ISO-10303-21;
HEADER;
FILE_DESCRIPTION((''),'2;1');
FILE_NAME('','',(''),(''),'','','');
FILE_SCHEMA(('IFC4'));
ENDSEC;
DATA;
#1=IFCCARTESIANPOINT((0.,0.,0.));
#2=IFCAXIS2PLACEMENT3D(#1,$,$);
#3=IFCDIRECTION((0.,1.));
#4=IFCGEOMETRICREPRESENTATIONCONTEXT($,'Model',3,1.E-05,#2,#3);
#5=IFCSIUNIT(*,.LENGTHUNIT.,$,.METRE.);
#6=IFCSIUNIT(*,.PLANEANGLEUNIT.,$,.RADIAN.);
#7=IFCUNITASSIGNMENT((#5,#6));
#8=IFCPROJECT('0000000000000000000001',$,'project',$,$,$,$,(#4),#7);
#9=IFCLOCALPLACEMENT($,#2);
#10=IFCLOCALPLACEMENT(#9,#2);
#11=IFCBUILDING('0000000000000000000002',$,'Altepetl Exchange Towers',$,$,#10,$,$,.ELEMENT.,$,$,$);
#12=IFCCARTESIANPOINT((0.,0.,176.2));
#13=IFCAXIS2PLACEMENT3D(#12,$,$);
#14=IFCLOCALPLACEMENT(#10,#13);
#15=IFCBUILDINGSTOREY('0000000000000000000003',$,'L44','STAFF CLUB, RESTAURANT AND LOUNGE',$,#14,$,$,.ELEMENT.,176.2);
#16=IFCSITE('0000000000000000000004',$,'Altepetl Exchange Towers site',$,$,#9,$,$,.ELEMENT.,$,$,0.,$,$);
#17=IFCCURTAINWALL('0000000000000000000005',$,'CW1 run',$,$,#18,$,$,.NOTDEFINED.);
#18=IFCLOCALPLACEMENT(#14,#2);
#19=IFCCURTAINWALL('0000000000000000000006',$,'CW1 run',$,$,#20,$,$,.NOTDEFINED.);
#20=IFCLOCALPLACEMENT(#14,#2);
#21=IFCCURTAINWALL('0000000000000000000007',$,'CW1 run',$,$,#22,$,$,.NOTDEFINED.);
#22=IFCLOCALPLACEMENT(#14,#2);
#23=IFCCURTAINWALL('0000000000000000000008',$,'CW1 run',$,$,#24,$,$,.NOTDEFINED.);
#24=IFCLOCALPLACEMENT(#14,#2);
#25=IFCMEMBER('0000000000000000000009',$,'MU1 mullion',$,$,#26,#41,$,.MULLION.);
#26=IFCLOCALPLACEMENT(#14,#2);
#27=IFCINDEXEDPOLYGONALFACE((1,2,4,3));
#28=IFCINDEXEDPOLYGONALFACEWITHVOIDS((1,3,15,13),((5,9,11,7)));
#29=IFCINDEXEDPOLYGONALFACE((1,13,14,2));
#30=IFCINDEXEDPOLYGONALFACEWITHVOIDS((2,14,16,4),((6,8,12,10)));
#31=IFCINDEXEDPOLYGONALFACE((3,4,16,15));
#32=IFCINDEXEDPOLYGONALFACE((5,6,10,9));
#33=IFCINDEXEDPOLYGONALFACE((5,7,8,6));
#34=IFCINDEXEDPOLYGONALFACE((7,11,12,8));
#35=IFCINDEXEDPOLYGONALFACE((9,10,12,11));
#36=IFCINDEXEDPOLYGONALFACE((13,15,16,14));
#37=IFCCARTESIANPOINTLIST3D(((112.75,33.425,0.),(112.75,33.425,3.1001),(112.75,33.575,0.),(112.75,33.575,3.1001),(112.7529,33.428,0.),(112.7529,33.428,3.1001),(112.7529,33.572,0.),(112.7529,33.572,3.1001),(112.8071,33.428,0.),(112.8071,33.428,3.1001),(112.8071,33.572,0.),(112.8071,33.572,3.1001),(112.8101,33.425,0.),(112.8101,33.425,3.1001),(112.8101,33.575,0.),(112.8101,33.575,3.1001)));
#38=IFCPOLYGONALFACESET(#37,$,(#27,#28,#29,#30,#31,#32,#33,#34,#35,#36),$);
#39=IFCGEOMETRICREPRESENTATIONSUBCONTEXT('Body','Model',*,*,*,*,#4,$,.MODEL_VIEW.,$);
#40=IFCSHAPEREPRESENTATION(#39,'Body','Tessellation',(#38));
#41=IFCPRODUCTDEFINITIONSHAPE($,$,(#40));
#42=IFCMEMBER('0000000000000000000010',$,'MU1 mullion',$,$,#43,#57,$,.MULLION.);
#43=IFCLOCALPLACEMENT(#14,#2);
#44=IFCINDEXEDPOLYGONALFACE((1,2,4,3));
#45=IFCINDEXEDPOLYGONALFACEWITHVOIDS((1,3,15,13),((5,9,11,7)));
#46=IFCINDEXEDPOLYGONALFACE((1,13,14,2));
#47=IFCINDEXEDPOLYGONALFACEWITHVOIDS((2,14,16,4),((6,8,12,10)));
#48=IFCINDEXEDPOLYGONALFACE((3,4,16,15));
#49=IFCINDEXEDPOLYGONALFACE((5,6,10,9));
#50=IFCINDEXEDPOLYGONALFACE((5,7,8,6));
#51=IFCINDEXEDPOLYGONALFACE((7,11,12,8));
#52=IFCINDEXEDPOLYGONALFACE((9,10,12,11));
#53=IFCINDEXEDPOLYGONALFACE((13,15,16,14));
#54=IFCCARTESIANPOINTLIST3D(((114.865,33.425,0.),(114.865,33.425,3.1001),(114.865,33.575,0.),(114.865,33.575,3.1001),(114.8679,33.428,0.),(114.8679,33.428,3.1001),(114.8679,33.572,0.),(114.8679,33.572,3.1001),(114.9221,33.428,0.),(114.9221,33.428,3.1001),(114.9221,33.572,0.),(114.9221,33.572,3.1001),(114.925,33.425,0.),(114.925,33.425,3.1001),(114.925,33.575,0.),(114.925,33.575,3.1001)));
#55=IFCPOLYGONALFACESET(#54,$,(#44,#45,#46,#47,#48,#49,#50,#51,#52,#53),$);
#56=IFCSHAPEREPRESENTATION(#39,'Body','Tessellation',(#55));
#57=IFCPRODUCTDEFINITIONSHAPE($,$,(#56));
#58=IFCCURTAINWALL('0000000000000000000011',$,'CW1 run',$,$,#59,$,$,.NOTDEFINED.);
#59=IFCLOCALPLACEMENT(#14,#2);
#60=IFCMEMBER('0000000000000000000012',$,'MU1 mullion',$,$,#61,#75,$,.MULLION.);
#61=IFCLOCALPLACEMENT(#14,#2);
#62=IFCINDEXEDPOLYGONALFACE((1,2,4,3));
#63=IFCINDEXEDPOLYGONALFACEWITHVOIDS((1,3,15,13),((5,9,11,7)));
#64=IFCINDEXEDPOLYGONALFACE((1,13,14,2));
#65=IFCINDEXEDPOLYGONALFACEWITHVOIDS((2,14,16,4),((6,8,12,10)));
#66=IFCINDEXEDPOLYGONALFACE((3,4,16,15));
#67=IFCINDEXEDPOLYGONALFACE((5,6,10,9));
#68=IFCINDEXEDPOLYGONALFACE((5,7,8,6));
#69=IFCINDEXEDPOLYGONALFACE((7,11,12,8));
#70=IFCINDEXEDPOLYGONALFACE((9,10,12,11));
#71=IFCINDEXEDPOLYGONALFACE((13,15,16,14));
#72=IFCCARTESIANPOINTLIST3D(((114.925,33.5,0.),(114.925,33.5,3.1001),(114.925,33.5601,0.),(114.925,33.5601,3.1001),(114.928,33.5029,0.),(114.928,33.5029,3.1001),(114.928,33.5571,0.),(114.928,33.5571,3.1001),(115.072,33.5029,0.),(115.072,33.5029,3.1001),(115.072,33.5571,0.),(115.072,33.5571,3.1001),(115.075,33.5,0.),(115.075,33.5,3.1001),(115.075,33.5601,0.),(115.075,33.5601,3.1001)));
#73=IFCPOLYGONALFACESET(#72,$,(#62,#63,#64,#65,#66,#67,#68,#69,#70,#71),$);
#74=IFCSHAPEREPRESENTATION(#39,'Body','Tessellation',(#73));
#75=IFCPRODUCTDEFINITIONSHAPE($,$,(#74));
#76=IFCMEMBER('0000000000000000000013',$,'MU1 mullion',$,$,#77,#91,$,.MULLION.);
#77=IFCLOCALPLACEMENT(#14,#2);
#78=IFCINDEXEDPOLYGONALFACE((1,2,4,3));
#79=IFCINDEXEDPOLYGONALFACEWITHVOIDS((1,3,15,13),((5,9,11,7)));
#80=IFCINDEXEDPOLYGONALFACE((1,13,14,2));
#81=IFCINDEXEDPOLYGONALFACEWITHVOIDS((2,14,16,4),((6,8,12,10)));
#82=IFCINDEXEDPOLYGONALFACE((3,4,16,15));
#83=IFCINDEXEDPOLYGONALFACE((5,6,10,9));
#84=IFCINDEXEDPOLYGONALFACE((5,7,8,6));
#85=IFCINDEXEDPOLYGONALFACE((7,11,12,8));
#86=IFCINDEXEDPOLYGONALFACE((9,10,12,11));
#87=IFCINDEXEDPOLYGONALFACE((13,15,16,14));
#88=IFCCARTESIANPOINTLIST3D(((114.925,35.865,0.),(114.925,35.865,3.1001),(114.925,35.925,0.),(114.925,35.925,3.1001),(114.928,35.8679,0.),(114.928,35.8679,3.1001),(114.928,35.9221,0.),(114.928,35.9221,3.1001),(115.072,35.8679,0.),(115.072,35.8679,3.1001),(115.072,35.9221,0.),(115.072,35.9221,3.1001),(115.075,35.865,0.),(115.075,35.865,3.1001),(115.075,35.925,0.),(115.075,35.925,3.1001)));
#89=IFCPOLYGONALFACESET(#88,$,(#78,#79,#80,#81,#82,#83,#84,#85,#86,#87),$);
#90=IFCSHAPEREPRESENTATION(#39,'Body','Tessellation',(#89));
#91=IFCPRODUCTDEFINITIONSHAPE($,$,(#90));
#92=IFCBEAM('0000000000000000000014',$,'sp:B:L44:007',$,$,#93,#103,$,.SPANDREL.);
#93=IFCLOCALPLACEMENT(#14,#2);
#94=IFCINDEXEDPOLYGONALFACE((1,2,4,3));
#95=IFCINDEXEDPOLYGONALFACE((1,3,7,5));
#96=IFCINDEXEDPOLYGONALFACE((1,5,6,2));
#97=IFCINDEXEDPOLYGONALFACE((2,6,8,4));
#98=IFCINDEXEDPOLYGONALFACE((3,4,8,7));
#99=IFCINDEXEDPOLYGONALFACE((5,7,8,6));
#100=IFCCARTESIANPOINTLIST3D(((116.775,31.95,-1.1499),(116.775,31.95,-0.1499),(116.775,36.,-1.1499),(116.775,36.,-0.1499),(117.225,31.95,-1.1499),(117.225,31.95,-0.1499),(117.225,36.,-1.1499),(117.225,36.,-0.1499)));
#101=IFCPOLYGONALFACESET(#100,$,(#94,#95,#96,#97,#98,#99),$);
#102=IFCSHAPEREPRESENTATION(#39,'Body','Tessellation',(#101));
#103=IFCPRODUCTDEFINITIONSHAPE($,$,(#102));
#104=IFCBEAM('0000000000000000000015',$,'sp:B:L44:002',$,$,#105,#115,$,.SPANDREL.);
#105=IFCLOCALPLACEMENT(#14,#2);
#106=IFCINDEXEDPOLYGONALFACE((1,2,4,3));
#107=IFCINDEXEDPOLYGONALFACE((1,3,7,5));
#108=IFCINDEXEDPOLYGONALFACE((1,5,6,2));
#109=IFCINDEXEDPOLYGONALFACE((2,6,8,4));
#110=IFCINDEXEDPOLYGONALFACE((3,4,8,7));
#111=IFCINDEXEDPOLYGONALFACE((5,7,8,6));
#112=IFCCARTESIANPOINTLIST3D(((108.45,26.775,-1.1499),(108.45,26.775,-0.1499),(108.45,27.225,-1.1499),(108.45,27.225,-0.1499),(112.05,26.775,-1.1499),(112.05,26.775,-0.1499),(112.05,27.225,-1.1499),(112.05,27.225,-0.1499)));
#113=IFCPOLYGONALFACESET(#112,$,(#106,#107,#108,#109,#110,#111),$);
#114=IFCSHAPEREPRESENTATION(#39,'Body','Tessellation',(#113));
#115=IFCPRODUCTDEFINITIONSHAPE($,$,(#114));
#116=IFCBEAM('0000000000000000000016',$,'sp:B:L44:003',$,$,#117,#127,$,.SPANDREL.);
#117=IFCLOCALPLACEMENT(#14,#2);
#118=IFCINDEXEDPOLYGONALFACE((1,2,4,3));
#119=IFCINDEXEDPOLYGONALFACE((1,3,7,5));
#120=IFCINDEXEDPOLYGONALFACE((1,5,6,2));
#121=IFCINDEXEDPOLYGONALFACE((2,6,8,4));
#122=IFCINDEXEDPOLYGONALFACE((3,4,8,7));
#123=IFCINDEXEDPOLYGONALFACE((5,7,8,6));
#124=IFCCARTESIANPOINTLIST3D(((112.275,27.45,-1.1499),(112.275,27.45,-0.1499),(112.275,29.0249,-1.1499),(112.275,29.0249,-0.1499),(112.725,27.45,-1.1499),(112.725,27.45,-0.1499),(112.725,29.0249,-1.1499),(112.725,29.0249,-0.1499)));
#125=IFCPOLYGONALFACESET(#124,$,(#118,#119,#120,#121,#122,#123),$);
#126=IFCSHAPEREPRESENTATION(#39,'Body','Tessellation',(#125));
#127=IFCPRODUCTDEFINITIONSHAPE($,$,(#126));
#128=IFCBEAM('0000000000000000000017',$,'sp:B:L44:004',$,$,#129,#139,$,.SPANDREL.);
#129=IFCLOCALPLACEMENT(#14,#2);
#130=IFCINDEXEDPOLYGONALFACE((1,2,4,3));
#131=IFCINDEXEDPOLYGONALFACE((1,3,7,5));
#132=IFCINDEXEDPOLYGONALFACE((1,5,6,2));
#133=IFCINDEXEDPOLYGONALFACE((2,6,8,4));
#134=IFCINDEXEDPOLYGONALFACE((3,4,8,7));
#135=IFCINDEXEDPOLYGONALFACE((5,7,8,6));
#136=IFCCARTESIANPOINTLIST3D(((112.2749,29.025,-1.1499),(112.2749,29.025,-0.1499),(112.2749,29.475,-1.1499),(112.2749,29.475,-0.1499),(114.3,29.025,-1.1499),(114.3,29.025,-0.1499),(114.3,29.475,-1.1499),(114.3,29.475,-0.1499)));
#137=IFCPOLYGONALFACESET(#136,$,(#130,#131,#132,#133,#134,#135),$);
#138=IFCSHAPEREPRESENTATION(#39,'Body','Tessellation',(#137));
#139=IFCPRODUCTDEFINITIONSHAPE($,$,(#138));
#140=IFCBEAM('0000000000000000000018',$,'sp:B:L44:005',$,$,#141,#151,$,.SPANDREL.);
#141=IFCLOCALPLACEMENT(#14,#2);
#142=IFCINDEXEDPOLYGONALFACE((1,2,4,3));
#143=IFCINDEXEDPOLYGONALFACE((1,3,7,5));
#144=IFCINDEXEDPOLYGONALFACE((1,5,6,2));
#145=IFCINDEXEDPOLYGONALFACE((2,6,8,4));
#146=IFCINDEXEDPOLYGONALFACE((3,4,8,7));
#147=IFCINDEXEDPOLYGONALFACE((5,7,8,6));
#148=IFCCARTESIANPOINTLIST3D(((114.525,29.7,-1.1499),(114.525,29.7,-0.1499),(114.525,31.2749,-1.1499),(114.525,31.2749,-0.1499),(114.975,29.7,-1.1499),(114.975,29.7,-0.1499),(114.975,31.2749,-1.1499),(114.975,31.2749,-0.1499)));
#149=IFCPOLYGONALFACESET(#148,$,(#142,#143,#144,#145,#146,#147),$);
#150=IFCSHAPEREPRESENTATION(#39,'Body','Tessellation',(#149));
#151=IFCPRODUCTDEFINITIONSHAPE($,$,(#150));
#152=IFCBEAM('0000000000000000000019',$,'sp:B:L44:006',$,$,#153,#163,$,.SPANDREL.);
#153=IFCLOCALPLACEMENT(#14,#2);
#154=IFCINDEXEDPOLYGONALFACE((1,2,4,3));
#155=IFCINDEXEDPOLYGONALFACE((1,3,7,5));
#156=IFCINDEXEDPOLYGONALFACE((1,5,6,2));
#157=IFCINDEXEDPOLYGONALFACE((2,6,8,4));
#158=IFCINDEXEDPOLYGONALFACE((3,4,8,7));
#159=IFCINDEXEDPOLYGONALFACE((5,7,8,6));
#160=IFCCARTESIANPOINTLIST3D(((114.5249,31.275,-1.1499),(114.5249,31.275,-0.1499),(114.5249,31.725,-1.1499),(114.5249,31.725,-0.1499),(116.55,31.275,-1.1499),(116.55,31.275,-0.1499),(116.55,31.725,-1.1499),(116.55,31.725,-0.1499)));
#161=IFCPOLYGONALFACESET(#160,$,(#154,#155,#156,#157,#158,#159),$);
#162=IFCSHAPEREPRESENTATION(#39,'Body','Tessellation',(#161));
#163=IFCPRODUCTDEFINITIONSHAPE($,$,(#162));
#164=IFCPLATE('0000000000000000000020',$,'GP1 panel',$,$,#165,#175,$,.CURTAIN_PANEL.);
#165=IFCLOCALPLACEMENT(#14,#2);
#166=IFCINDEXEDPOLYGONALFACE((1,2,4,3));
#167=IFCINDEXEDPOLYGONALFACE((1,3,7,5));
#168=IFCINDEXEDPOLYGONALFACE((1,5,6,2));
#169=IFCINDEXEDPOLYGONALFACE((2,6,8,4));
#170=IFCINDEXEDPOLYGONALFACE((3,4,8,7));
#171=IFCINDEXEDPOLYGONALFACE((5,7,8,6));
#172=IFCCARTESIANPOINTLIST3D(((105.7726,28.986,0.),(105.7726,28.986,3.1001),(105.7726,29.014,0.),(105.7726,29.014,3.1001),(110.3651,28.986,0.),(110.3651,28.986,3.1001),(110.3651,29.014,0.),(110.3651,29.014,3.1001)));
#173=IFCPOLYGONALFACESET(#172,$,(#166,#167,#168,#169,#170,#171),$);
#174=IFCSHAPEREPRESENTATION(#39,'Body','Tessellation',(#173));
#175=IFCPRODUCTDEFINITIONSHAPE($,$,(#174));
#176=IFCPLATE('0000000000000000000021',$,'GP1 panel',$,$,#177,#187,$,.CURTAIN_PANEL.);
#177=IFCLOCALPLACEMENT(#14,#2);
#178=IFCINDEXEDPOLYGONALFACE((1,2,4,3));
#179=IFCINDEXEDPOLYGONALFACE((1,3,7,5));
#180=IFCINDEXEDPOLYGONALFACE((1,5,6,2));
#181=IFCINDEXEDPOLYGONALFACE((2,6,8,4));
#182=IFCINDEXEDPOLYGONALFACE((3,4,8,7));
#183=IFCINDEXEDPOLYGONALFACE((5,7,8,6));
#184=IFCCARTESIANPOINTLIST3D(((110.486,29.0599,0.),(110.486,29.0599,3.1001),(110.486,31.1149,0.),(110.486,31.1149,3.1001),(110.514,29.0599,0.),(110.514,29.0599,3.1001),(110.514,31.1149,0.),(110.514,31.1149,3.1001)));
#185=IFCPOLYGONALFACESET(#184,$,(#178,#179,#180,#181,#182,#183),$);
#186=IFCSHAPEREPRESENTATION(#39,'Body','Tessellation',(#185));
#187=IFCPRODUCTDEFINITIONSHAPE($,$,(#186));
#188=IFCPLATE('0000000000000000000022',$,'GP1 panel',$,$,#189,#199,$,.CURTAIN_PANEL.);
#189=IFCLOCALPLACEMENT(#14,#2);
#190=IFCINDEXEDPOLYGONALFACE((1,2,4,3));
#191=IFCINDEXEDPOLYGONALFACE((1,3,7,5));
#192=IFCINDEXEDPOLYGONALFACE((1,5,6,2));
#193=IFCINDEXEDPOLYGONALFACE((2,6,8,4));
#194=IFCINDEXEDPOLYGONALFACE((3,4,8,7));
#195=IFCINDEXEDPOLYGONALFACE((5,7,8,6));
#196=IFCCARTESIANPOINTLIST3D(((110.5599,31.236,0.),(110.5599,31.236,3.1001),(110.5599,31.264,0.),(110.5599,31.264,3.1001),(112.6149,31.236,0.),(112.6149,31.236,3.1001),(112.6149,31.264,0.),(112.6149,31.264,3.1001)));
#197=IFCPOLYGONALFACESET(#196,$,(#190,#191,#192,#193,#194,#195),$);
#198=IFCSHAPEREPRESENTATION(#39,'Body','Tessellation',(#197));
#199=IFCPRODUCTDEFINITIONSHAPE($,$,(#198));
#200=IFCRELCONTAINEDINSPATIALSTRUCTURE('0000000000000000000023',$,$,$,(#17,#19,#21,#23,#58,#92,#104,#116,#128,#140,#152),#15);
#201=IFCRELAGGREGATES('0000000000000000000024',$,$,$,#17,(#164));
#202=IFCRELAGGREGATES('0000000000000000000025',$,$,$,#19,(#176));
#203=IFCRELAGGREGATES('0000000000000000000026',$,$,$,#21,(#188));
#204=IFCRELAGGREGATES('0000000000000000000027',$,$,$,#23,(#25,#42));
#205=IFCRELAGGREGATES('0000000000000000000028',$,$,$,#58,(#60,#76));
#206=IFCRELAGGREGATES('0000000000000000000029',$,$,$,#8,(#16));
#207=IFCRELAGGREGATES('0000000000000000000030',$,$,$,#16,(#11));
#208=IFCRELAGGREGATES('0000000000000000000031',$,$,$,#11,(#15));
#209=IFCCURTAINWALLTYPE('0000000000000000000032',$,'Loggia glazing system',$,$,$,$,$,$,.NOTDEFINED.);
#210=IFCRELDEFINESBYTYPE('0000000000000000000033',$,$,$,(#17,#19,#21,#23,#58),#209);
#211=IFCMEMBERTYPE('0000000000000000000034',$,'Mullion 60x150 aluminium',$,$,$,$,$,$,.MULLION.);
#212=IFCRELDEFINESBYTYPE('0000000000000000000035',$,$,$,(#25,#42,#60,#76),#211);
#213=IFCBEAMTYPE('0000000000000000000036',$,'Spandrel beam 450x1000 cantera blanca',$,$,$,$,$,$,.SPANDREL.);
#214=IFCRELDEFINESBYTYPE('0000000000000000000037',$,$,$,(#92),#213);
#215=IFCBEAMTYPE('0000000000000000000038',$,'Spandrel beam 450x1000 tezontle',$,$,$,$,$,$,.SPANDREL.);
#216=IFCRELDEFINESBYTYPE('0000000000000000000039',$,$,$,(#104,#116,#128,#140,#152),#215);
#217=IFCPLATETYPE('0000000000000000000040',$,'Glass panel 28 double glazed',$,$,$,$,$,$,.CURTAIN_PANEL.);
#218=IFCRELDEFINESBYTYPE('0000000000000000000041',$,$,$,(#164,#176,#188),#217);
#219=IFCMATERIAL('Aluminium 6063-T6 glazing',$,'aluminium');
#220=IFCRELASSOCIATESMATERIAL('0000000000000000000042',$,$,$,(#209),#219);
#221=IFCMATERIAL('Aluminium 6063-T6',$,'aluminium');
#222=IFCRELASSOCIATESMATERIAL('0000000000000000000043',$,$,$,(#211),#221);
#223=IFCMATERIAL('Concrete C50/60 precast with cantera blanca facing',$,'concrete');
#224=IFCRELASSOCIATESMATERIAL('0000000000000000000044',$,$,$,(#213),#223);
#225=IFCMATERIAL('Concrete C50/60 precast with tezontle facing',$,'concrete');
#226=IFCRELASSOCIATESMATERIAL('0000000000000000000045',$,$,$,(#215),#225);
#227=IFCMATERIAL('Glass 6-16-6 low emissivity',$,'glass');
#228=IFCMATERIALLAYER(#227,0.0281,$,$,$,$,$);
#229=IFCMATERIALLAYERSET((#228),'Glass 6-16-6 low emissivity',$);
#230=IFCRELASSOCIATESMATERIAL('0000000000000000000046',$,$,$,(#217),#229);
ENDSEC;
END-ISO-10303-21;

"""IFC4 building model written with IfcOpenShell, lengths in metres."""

from ifc_helpers import new_model, si_unit, direction, frame, origin, origin_2d, place, context, subcontext, project, spatial, rectangle, hollow_rectangle, extrude, material, layer, layer_set, material_profile, profile_set, type_object, element, aggregate, save


model = new_model("IFC4")

# Units and contexts
model_context = context("Model", 3, precision=1e-05, world=origin(), true_north=direction((0.0, 1.0)))
body_context = subcontext(model_context, "Body", "Model", "MODEL_VIEW")
ifc_project = project(units=[si_unit("LENGTHUNIT", "METRE"), si_unit("PLANEANGLEUNIT", "RADIAN")], contexts=[model_context])

# Site, building, storey
site_placement = place(None, origin())
site = spatial("IfcSite", under=ifc_project, at=site_placement, Name="Altepetl Exchange Towers site", CompositionType="ELEMENT", RefElevation=0.0)
building_placement = place(site_placement, origin())
building = spatial("IfcBuilding", under=site, at=building_placement, Name="Altepetl Exchange Towers", CompositionType="ELEMENT")
storey_placement = place(building_placement, frame((0.0, 0.0, 176.2)))
storey = spatial("IfcBuildingStorey", under=building, at=storey_placement, Name="L44", Description="STAFF CLUB, RESTAURANT AND LOUNGE", CompositionType="ELEMENT", Elevation=176.2)

# Curtain wall
ifc_material_1 = material(Name="Aluminium 6063-T6 glazing", Category="aluminium")
curtain_wall_type = type_object("IfcCurtainWallType", Name="Loggia glazing system", PredefinedType="NOTDEFINED", material=ifc_material_1)
curtain_wall_1_placement = place(storey_placement, origin())
curtain_wall_1 = element("IfcCurtainWall", 1, at=curtain_wall_1_placement, inside=storey, type_object=curtain_wall_type, Name="CW1 run", PredefinedType="NOTDEFINED")
ifc_material_2 = material(Name="Aluminium 6063-T6", Category="aluminium")
ifc_material_profile_1 = material_profile(ifc_material_2, hollow_rectangle(XDim=0.0601, YDim=0.1499, WallThickness=0.0029, at=origin_2d()), Name="Mullion 60x150 aluminium")
ifc_profile_set_1 = profile_set([ifc_material_profile_1], Name="Aluminium 6063-T6")
member_type = type_object("IfcMemberType", Name="Mullion 60x150 aluminium", PredefinedType="MULLION", material=ifc_profile_set_1)

# Curtain walls, members
curtain_wall_2_placement = place(storey_placement, origin())
curtain_wall_2 = element("IfcCurtainWall", 2, at=curtain_wall_2_placement, inside=storey, type_object=curtain_wall_type, Name="CW1 run", PredefinedType="NOTDEFINED")
curtain_wall_3_placement = place(storey_placement, origin())
curtain_wall_3 = element("IfcCurtainWall", 3, at=curtain_wall_3_placement, inside=storey, type_object=curtain_wall_type, Name="CW1 run", PredefinedType="NOTDEFINED")
curtain_wall_4_placement = place(storey_placement, origin())
curtain_wall_4 = element("IfcCurtainWall", 4, at=curtain_wall_4_placement, inside=storey, type_object=curtain_wall_type, Name="CW1 run", PredefinedType="NOTDEFINED")
member_1_placement = place(storey_placement, frame((112.78, 33.5, 0.0)))
member_1 = element("IfcMember", 5, at=member_1_placement, type_object=member_type, Name="MU1 mullion", PredefinedType="MULLION", context=body_context, shape_type="SweptSolid", body=[
    extrude(hollow_rectangle(XDim=0.0601, YDim=0.1499, WallThickness=0.0029, at=origin_2d()), origin(), (0.0, 0.0, 1.0), 3.1001),
])
member_2_placement = place(storey_placement, frame((114.895, 33.5, 0.0)))
member_2 = element("IfcMember", 6, at=member_2_placement, type_object=member_type, Name="MU1 mullion", PredefinedType="MULLION", context=body_context, shape_type="SweptSolid", body=[
    extrude(hollow_rectangle(XDim=0.0601, YDim=0.1499, WallThickness=0.0029, at=origin_2d()), origin(), (0.0, 0.0, 1.0), 3.1001),
])
curtain_wall_5_placement = place(storey_placement, origin())
curtain_wall_5 = element("IfcCurtainWall", 7, at=curtain_wall_5_placement, inside=storey, type_object=curtain_wall_type, Name="CW1 run", PredefinedType="NOTDEFINED")
member_3_placement = place(storey_placement, frame((115.0, 33.53, 0.0), z_axis=(0.0, 0.0, 1.0), x_axis=(0.0, 1.0, 0.0)))
member_3 = element("IfcMember", 8, at=member_3_placement, type_object=member_type, Name="MU1 mullion", PredefinedType="MULLION", context=body_context, shape_type="SweptSolid", body=[
    extrude(hollow_rectangle(XDim=0.0601, YDim=0.1499, WallThickness=0.0029, at=origin_2d()), origin(), (0.0, 0.0, 1.0), 3.1001),
])
member_4_placement = place(storey_placement, frame((115.0, 35.895, 0.0), z_axis=(0.0, 0.0, 1.0), x_axis=(0.0, 1.0, 0.0)))
member_4 = element("IfcMember", 9, at=member_4_placement, type_object=member_type, Name="MU1 mullion", PredefinedType="MULLION", context=body_context, shape_type="SweptSolid", body=[
    extrude(hollow_rectangle(XDim=0.0601, YDim=0.1499, WallThickness=0.0029, at=origin_2d()), origin(), (0.0, 0.0, 1.0), 3.1001),
])

# Beams
ifc_material_3 = material(Name="Concrete C50/60 precast with cantera blanca facing", Category="concrete")
ifc_material_profile_2 = material_profile(ifc_material_3, rectangle(XDim=0.45, YDim=1.0, at=origin_2d()), Name="450 x 1000")
ifc_profile_set_2 = profile_set([ifc_material_profile_2], Name="Concrete C50/60 precast with cantera blanca facing")
beam_type_1 = type_object("IfcBeamType", Name="Spandrel beam 450x1000 cantera blanca", PredefinedType="SPANDREL", material=ifc_profile_set_2)
beam_1_placement = place(storey_placement, frame((117.0, 31.95, -0.6499), z_axis=(0.0, 1.0, 0.0), x_axis=(-1.0, 0.0, 0.0)))
element("IfcBeam", 10, at=beam_1_placement, inside=storey, type_object=beam_type_1, Name="sp:B:L44:007", PredefinedType="SPANDREL", context=body_context, shape_type="SweptSolid", body=[
    extrude(rectangle(XDim=0.45, YDim=1.0, at=origin_2d()), origin(), (0.0, 0.0, 1.0), 4.05),
])
ifc_material_4 = material(Name="Concrete C50/60 precast with tezontle facing", Category="concrete")
ifc_material_profile_3 = material_profile(ifc_material_4, rectangle(XDim=0.45, YDim=1.0, at=origin_2d()), Name="450 x 1000")
ifc_profile_set_3 = profile_set([ifc_material_profile_3], Name="Concrete C50/60 precast with tezontle facing")
beam_type_2 = type_object("IfcBeamType", Name="Spandrel beam 450x1000 tezontle", PredefinedType="SPANDREL", material=ifc_profile_set_3)
beam_2_placement = place(storey_placement, frame((108.45, 27.0, -0.6499), z_axis=(1.0, 0.0, 0.0), x_axis=(0.0, 1.0, 0.0)))
element("IfcBeam", 11, at=beam_2_placement, inside=storey, type_object=beam_type_2, Name="sp:B:L44:002", PredefinedType="SPANDREL", context=body_context, shape_type="SweptSolid", body=[
    extrude(rectangle(XDim=0.45, YDim=1.0, at=origin_2d()), origin(), (0.0, 0.0, 1.0), 3.6001),
])
beam_3_placement = place(storey_placement, frame((112.5, 27.45, -0.6499), z_axis=(0.0, 1.0, 0.0), x_axis=(-1.0, 0.0, 0.0)))
element("IfcBeam", 12, at=beam_3_placement, inside=storey, type_object=beam_type_2, Name="sp:B:L44:003", PredefinedType="SPANDREL", context=body_context, shape_type="SweptSolid", body=[
    extrude(rectangle(XDim=0.45, YDim=1.0, at=origin_2d()), origin(), (0.0, 0.0, 1.0), 1.575),
])
beam_4_placement = place(storey_placement, frame((112.2749, 29.25, -0.6499), z_axis=(1.0, 0.0, 0.0), x_axis=(0.0, 1.0, 0.0)))
element("IfcBeam", 13, at=beam_4_placement, inside=storey, type_object=beam_type_2, Name="sp:B:L44:004", PredefinedType="SPANDREL", context=body_context, shape_type="SweptSolid", body=[
    extrude(rectangle(XDim=0.45, YDim=1.0, at=origin_2d()), origin(), (0.0, 0.0, 1.0), 2.0251),
])
beam_5_placement = place(storey_placement, frame((114.75, 29.7, -0.6499), z_axis=(0.0, 1.0, 0.0), x_axis=(-1.0, 0.0, 0.0)))
element("IfcBeam", 14, at=beam_5_placement, inside=storey, type_object=beam_type_2, Name="sp:B:L44:005", PredefinedType="SPANDREL", context=body_context, shape_type="SweptSolid", body=[
    extrude(rectangle(XDim=0.45, YDim=1.0, at=origin_2d()), origin(), (0.0, 0.0, 1.0), 1.575),
])
beam_6_placement = place(storey_placement, frame((114.5249, 31.5, -0.6499), z_axis=(1.0, 0.0, 0.0), x_axis=(0.0, 1.0, 0.0)))
element("IfcBeam", 15, at=beam_6_placement, inside=storey, type_object=beam_type_2, Name="sp:B:L44:006", PredefinedType="SPANDREL", context=body_context, shape_type="SweptSolid", body=[
    extrude(rectangle(XDim=0.45, YDim=1.0, at=origin_2d()), origin(), (0.0, 0.0, 1.0), 2.0251),
])

# Plates
ifc_material_5 = material(Name="Glass 6-16-6 low emissivity", Category="glass")
ifc_layer_1 = layer(ifc_material_5, 0.0281)
ifc_layer_set_1 = layer_set([ifc_layer_1], Name="Glass 6-16-6 low emissivity")
plate_type = type_object("IfcPlateType", Name="Glass panel 28 double glazed", PredefinedType="CURTAIN_PANEL", material=ifc_layer_set_1)
plate_1_placement = place(storey_placement, frame((108.0688, 29.0, 0.0)))
plate_1 = element("IfcPlate", 16, at=plate_1_placement, type_object=plate_type, Name="GP1 panel", PredefinedType="CURTAIN_PANEL", context=body_context, shape_type="SweptSolid", body=[
    extrude(rectangle(XDim=4.5925, YDim=0.0281, at=origin_2d()), origin(), (0.0, 0.0, 1.0), 3.1001),
])
aggregate(curtain_wall_1, [plate_1])
plate_2_placement = place(storey_placement, frame((110.5, 30.0874, 0.0), z_axis=(0.0, 0.0, 1.0), x_axis=(0.0, 1.0, 0.0)))
plate_2 = element("IfcPlate", 17, at=plate_2_placement, type_object=plate_type, Name="GP1 panel", PredefinedType="CURTAIN_PANEL", context=body_context, shape_type="SweptSolid", body=[
    extrude(rectangle(XDim=2.0549, YDim=0.0281, at=origin_2d()), origin(), (0.0, 0.0, 1.0), 3.1001),
])
aggregate(curtain_wall_2, [plate_2])
plate_3_placement = place(storey_placement, frame((111.5874, 31.25, 0.0)))
plate_3 = element("IfcPlate", 18, at=plate_3_placement, type_object=plate_type, Name="GP1 panel", PredefinedType="CURTAIN_PANEL", context=body_context, shape_type="SweptSolid", body=[
    extrude(rectangle(XDim=2.0549, YDim=0.0281, at=origin_2d()), origin(), (0.0, 0.0, 1.0), 3.1001),
])
aggregate(curtain_wall_3, [plate_3])
aggregate(curtain_wall_4, [member_1, member_2])
aggregate(curtain_wall_5, [member_3, member_4])

save(model, "model.ifc")
